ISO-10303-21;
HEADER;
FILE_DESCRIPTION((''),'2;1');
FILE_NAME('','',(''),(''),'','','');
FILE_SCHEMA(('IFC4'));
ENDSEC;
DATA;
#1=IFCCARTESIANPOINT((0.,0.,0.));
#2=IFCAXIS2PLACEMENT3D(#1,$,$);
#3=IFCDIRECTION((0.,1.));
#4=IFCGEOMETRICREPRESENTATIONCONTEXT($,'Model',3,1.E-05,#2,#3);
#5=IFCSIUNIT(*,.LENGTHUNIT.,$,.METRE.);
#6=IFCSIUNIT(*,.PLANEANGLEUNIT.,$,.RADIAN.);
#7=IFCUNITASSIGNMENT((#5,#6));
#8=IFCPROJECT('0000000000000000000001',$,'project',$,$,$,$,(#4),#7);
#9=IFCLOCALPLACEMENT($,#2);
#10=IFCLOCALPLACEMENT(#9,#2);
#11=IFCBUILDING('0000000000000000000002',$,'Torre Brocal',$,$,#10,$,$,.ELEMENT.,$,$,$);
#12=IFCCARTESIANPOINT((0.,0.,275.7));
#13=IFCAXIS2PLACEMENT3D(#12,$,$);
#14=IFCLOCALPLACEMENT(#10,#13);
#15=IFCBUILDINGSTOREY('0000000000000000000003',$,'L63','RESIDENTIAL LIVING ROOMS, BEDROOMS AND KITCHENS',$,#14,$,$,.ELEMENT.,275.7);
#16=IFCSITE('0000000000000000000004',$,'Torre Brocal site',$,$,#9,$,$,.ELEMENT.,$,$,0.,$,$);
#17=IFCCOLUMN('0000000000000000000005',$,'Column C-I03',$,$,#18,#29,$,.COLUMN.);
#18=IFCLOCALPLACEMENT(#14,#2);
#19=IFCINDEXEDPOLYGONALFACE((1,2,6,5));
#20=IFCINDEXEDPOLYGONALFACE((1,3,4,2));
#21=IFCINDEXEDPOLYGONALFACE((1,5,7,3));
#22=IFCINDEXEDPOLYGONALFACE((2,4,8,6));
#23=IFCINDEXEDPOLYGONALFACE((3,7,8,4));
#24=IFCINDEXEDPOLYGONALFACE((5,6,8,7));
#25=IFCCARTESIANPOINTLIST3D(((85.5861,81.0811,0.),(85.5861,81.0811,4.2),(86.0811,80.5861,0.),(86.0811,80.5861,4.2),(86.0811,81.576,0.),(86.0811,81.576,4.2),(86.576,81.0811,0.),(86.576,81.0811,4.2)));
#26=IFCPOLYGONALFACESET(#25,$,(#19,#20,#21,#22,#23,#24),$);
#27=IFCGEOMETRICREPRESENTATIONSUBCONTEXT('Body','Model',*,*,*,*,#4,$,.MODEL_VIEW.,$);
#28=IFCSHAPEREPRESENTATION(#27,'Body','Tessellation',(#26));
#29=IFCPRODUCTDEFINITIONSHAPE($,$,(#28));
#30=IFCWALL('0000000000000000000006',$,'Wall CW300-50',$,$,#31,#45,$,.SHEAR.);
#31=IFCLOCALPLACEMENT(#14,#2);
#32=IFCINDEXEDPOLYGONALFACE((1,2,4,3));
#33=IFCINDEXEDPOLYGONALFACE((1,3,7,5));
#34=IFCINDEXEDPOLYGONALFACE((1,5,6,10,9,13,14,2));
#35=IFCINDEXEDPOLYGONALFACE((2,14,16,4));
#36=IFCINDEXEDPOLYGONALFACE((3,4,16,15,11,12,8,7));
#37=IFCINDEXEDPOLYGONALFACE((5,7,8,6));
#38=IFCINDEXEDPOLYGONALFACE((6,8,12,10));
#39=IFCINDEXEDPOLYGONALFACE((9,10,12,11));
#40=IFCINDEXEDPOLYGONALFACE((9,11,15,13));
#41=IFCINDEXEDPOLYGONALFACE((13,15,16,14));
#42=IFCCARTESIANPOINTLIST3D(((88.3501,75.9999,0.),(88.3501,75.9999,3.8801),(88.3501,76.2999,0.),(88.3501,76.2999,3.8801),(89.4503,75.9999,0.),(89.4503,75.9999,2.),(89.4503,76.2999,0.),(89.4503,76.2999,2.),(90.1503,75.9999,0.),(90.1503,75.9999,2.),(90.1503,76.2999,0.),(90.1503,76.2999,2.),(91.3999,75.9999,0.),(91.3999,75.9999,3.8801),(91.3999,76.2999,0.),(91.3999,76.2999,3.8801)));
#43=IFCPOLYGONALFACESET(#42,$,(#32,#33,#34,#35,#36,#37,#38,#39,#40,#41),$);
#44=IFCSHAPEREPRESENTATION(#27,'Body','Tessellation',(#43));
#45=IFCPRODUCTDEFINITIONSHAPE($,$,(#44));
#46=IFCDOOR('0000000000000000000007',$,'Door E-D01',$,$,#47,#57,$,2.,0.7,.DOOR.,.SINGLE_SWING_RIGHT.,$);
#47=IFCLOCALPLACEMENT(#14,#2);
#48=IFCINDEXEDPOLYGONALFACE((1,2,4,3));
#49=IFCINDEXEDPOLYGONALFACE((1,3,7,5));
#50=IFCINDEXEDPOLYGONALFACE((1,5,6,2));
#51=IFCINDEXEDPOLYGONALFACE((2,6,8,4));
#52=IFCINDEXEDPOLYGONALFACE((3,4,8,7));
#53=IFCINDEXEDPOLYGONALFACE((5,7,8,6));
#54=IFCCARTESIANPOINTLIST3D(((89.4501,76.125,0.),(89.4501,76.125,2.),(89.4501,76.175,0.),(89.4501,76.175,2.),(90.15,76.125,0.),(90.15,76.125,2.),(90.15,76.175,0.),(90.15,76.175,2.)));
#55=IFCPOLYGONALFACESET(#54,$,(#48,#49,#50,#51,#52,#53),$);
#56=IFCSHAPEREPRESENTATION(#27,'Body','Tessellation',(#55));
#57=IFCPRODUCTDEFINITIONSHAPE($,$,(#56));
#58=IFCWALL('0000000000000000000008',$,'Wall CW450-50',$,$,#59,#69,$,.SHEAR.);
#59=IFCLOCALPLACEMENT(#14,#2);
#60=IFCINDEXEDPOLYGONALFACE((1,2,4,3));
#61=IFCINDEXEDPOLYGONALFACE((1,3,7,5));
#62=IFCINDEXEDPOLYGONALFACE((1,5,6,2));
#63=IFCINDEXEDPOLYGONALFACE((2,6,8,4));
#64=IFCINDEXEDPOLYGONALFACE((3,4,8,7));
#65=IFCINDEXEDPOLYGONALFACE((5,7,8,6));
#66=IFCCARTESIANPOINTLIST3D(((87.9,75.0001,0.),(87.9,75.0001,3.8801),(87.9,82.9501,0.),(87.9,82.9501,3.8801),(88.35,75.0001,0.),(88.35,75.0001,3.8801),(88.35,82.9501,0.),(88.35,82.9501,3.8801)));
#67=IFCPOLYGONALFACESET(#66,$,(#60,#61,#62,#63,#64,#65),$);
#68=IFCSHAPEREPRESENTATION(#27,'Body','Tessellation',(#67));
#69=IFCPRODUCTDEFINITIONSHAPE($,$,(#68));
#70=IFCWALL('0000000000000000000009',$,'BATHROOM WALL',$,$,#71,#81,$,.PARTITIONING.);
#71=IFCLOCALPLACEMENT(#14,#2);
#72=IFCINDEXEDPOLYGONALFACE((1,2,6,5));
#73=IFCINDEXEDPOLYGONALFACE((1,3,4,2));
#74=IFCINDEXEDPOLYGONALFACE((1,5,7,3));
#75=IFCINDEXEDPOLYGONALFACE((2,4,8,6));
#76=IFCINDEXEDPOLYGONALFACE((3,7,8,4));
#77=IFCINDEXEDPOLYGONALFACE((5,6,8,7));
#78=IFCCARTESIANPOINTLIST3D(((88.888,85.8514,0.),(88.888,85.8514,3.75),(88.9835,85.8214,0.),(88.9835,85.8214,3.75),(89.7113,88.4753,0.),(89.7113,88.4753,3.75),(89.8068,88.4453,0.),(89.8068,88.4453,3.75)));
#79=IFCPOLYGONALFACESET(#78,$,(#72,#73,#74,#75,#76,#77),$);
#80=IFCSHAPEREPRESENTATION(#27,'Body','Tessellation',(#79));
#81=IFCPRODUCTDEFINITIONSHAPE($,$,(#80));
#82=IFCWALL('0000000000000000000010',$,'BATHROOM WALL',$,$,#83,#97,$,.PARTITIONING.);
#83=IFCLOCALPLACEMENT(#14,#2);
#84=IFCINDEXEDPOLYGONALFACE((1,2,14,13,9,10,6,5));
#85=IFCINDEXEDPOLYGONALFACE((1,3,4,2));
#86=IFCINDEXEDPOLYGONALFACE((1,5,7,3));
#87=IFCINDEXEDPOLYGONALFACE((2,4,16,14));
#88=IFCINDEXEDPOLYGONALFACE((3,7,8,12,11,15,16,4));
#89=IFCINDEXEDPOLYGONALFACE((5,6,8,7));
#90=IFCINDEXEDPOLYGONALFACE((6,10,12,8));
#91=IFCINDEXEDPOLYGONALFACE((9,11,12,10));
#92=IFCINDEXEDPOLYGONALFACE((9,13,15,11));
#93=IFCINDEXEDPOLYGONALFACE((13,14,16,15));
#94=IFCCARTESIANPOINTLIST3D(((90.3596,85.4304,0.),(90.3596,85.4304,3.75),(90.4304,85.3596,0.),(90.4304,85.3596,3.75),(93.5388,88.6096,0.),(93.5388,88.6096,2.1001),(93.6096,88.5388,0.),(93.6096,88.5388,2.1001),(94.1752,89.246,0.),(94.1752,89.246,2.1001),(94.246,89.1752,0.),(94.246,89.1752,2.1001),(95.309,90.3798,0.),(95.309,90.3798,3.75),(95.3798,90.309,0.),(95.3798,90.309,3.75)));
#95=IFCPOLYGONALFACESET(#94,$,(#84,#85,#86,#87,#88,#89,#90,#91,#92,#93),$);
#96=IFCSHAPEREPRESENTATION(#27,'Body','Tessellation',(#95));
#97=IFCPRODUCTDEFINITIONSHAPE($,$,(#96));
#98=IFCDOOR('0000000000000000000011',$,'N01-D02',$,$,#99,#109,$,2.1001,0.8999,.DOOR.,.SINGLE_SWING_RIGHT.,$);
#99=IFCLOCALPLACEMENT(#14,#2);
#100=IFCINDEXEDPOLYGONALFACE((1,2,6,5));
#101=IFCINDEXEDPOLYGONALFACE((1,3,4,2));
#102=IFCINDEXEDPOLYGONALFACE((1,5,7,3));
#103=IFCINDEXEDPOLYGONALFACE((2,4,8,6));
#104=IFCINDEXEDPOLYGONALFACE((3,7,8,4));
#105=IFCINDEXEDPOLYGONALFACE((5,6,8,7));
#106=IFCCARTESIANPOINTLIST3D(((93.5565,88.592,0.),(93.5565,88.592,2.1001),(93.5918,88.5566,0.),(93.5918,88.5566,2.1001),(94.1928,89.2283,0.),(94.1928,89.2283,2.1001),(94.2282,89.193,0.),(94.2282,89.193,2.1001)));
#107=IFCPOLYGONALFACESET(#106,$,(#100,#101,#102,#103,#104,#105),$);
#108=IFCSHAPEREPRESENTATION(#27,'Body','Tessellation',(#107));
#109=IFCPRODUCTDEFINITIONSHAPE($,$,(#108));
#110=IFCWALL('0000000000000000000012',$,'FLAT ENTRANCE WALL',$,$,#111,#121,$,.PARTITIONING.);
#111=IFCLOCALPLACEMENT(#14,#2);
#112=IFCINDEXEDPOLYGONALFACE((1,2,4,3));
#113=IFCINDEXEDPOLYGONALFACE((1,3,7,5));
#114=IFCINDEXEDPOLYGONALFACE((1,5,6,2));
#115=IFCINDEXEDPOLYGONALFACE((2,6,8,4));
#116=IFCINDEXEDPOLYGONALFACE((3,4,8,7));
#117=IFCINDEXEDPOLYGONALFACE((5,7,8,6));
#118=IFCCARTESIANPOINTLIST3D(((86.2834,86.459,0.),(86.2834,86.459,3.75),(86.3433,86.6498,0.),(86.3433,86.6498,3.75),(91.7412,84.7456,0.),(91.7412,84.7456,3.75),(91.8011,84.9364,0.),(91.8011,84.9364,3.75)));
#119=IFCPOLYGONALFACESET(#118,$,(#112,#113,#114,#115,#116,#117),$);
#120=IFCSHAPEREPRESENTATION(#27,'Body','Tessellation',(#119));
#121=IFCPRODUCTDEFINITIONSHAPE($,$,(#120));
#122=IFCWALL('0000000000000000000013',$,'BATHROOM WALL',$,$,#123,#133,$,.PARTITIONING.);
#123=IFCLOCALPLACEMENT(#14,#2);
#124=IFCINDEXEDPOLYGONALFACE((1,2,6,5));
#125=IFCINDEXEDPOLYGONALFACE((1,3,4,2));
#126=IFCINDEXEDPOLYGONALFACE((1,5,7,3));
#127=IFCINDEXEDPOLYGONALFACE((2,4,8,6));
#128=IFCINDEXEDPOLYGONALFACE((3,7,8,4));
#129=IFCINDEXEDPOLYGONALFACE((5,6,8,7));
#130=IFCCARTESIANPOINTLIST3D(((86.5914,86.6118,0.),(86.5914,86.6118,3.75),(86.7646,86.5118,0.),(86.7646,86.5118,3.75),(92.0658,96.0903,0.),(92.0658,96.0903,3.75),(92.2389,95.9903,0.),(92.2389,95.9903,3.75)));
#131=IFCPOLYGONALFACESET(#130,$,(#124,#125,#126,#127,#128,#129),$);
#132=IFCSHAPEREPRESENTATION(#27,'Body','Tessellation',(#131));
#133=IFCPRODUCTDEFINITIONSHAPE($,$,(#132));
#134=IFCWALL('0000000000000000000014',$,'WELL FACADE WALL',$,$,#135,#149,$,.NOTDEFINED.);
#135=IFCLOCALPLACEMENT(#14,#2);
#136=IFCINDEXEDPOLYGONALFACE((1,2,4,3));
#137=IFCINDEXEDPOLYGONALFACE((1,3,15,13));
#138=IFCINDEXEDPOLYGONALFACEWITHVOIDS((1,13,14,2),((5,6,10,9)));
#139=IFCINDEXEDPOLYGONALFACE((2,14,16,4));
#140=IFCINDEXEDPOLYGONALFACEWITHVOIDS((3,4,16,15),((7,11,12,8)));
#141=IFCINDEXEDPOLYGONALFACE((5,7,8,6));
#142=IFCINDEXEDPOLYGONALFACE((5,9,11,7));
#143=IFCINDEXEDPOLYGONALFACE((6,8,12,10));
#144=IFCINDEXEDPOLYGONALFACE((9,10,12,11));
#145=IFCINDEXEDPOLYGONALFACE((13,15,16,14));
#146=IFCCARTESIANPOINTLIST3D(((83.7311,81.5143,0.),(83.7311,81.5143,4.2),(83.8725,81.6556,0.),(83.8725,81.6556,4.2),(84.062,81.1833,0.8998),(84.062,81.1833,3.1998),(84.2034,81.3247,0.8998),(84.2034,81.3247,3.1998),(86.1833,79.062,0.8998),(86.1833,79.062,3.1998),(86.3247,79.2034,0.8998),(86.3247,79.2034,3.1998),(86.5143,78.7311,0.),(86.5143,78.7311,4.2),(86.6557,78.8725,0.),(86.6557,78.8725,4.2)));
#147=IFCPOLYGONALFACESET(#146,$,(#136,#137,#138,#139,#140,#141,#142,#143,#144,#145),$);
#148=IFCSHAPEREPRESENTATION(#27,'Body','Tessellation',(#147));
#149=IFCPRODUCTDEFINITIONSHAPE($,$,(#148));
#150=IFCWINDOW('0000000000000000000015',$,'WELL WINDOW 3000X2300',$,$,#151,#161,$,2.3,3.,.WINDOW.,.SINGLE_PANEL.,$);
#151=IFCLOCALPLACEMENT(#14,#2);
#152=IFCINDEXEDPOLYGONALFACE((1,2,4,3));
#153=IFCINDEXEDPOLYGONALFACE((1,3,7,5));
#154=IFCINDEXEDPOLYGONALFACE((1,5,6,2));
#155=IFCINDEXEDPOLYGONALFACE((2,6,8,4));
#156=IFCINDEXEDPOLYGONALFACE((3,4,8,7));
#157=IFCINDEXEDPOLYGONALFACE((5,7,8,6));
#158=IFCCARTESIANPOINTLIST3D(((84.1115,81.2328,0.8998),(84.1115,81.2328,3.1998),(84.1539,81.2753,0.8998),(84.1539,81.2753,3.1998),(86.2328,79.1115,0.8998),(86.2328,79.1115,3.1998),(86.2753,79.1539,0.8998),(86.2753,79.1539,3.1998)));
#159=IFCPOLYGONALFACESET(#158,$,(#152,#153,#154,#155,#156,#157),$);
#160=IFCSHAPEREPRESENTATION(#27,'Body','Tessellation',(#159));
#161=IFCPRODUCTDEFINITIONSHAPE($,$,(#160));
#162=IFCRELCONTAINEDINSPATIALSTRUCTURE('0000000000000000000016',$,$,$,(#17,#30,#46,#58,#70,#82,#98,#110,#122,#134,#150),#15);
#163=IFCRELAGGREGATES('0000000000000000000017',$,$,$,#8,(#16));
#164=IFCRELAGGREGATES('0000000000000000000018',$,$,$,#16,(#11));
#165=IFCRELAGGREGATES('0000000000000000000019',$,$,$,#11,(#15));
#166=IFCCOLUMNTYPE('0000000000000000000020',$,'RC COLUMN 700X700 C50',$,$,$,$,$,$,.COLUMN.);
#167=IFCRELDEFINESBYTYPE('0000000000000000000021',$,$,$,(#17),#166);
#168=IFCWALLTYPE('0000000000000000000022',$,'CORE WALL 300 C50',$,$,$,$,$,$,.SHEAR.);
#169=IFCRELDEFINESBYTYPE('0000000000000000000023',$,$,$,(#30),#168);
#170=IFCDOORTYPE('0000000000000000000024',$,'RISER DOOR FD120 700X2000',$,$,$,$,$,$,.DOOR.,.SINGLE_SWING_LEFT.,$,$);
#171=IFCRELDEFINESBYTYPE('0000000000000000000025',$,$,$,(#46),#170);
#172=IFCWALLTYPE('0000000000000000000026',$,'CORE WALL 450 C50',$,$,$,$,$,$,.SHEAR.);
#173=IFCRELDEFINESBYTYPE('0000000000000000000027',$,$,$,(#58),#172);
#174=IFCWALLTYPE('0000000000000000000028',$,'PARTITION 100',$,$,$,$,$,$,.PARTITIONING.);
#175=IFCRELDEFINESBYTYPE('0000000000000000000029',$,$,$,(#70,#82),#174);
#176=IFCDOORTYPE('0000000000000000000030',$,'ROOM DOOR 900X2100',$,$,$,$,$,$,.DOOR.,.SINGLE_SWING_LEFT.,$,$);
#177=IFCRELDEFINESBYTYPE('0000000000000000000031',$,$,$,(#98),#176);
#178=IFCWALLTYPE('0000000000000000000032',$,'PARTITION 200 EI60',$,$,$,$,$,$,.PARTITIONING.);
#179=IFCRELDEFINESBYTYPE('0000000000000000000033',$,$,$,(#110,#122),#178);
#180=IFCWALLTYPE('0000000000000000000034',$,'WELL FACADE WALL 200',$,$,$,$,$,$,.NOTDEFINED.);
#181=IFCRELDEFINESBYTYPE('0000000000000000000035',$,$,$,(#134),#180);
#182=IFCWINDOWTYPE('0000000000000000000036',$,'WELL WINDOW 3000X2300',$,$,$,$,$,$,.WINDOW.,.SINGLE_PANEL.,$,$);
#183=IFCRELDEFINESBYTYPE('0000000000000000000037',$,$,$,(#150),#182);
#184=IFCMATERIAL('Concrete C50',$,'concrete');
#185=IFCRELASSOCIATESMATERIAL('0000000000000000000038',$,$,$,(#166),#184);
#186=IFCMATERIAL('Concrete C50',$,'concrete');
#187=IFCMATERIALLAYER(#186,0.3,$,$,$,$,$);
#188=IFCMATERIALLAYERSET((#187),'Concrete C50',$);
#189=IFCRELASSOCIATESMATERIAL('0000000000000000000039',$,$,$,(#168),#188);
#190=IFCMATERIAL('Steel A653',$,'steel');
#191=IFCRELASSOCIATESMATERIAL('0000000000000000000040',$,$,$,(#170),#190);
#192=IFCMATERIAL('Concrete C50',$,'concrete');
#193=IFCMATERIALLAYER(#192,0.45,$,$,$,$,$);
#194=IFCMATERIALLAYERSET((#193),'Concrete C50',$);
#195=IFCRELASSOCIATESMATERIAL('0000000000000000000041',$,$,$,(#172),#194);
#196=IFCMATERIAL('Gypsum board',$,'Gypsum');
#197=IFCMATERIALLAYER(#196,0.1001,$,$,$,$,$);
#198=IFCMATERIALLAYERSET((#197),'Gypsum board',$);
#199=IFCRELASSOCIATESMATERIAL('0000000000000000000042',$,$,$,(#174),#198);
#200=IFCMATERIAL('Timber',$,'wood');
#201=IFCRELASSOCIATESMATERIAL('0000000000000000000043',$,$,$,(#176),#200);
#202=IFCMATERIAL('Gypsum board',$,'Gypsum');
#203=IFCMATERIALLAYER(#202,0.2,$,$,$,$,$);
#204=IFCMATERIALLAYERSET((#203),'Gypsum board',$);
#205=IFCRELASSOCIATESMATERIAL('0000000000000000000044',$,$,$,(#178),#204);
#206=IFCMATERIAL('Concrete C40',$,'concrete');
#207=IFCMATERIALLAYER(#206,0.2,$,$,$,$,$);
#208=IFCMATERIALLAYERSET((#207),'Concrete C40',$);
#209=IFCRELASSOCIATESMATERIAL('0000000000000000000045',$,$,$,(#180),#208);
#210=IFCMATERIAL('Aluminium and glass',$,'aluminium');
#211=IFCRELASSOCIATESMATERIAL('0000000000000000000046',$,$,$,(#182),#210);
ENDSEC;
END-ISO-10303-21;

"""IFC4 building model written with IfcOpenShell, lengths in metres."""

from ifc_helpers import new_model, si_unit, direction, frame, frame_2d, origin, origin_2d, place, context, subcontext, project, spatial, rectangle, extrude, material, layer, layer_set, material_profile, profile_set, type_object, element, fill, save


model = new_model("IFC4")

# Units and contexts
model_context = context("Model", 3, precision=1e-05, world=origin(), true_north=direction((0.0, 1.0)))
body_context = subcontext(model_context, "Body", "Model", "MODEL_VIEW")
ifc_project = project(units=[si_unit("LENGTHUNIT", "METRE"), si_unit("PLANEANGLEUNIT", "RADIAN")], contexts=[model_context])

# Site, building, storey
site_placement = place(None, origin())
site = spatial("IfcSite", under=ifc_project, at=site_placement, Name="Torre Brocal site", CompositionType="ELEMENT", RefElevation=0.0)
building_placement = place(site_placement, origin())
building = spatial("IfcBuilding", under=site, at=building_placement, Name="Torre Brocal", CompositionType="ELEMENT")
storey_placement = place(building_placement, frame((0.0, 0.0, 275.7)))
storey = spatial("IfcBuildingStorey", under=building, at=storey_placement, Name="L63", Description="RESIDENTIAL LIVING ROOMS, BEDROOMS AND KITCHENS", CompositionType="ELEMENT", Elevation=275.7)

# Column
ifc_material_1 = material(Name="Concrete C50", Category="concrete")
ifc_material_profile = material_profile(ifc_material_1, rectangle(XDim=0.7, YDim=0.7, at=origin_2d()), Name="RC 700X700")
ifc_profile_set = profile_set([ifc_material_profile], Name="Concrete C50")
column_type = type_object("IfcColumnType", Name="RC COLUMN 700X700 C50", PredefinedType="COLUMN", material=ifc_profile_set)
column_placement = place(storey_placement, frame((86.0811, 81.0811, 0.0), z_axis=(0.0, 0.0, 1.0), x_axis=(0.707107, 0.707107, 0.0)))
element("IfcColumn", 1, at=column_placement, inside=storey, type_object=column_type, Name="Column C-I03", PredefinedType="COLUMN", context=body_context, shape_type="SweptSolid", body=[
    extrude(rectangle(XDim=0.7, YDim=0.7, at=origin_2d()), origin(), (0.0, 0.0, 1.0), 4.2),
])

# Wall, opening, door
ifc_material_2 = material(Name="Concrete C50", Category="concrete")
ifc_layer_1 = layer(ifc_material_2, 0.3)
ifc_layer_set_1 = layer_set([ifc_layer_1], Name="Concrete C50")
wall_type_1 = type_object("IfcWallType", Name="CORE WALL 300 C50", PredefinedType="SHEAR", material=ifc_layer_set_1)
wall_1_placement = place(storey_placement, frame((88.3501, 76.1499, 0.0), z_axis=(0.0, 0.0, 1.0), x_axis=(1.0, 0.0, 0.0)))
wall_1 = element("IfcWall", 2, at=wall_1_placement, inside=storey, type_object=wall_type_1, Name="Wall CW300-50", PredefinedType="SHEAR", context=body_context, shape_type="SweptSolid", body=[
    extrude(rectangle(XDim=3.0498, YDim=0.3, at=frame_2d((1.5249, 0.0))), origin(), (0.0, 0.0, 1.0), 3.8801),
])
opening_1_placement = place(wall_1_placement, frame((1.1001, 0.0, 0.0)))
opening_1 = element("IfcOpeningElement", 3, at=opening_1_placement, cuts=wall_1, PredefinedType="OPENING", context=body_context, shape_type="SweptSolid", body=[
    extrude(rectangle(XDim=0.7, YDim=2.0, at=frame_2d((0.3501, 1.0))), frame((0.0, 0.1599, 0.0), z_axis=(0.0, -1.0, 0.0), x_axis=(1.0, 0.0, 0.0)), (0.0, 0.0, 1.0), 0.3201),
])
ifc_material_3 = material(Name="Steel A653", Category="steel")
door_type_1 = type_object("IfcDoorType", Name="RISER DOOR FD120 700X2000", OperationType="SINGLE_SWING_LEFT", PredefinedType="DOOR", material=ifc_material_3)
door_1_placement = place(opening_1_placement, frame((0.7, 0.0, 0.0), z_axis=(0.0, 0.0, 1.0), x_axis=(-1.0, 0.0, 0.0)))
door_1 = element("IfcDoor", 4, at=door_1_placement, inside=storey, type_object=door_type_1, Name="Door E-D01", OperationType="SINGLE_SWING_RIGHT", OverallHeight=2.0, OverallWidth=0.7, PredefinedType="DOOR", context=body_context, shape_type="SweptSolid", body=[
    extrude(rectangle(XDim=0.7, YDim=2.0, at=frame_2d((0.3501, 1.0))), frame((0.0, 0.0249, 0.0), z_axis=(0.0, -1.0, 0.0), x_axis=(1.0, 0.0, 0.0)), (0.0, 0.0, 1.0), 0.05),
])
fill(opening_1, door_1)
ifc_material_4 = material(Name="Concrete C50", Category="concrete")
ifc_layer_2 = layer(ifc_material_4, 0.45)
ifc_layer_set_2 = layer_set([ifc_layer_2], Name="Concrete C50")
wall_type_2 = type_object("IfcWallType", Name="CORE WALL 450 C50", PredefinedType="SHEAR", material=ifc_layer_set_2)

# Walls
wall_2_placement = place(storey_placement, frame((88.125, 75.0, 0.0), z_axis=(0.0, 0.0, 1.0), x_axis=(0.0, 1.0, 0.0)))
element("IfcWall", 5, at=wall_2_placement, inside=storey, type_object=wall_type_2, Name="Wall CW450-50", PredefinedType="SHEAR", context=body_context, shape_type="SweptSolid", body=[
    extrude(rectangle(XDim=7.95, YDim=0.45, at=frame_2d((3.9751, 0.0))), origin(), (0.0, 0.0, 1.0), 3.8801),
])
ifc_material_5 = material(Name="Gypsum board", Category="Gypsum")
ifc_layer_3 = layer(ifc_material_5, 0.1001)
ifc_layer_set_3 = layer_set([ifc_layer_3], Name="Gypsum board")
wall_type_3 = type_object("IfcWallType", Name="PARTITION 100", PredefinedType="PARTITIONING", material=ifc_layer_set_3)
wall_3_placement = place(storey_placement, frame((88.9358, 85.8364, 0.0), z_axis=(0.0, 0.0, 1.0), x_axis=(0.299372, 0.954137, 0.0)))
element("IfcWall", 6, at=wall_3_placement, inside=storey, type_object=wall_type_3, Name="BATHROOM WALL", PredefinedType="PARTITIONING", context=body_context, shape_type="SweptSolid", body=[
    extrude(rectangle(XDim=2.75, YDim=0.1001, at=frame_2d((1.375, 0.0))), origin(), (0.0, 0.0, 1.0), 3.75),
])

# Wall, opening, door
wall_4_placement = place(storey_placement, frame((90.395, 85.395, 0.0), z_axis=(0.0, 0.0, 1.0), x_axis=(0.707107, 0.707107, 0.0)))
wall_4 = element("IfcWall", 7, at=wall_4_placement, inside=storey, type_object=wall_type_3, Name="BATHROOM WALL", PredefinedType="PARTITIONING", context=body_context, shape_type="SweptSolid", body=[
    extrude(rectangle(XDim=6.9995, YDim=0.1001, at=frame_2d((3.4998, 0.0))), origin(), (0.0, 0.0, 1.0), 3.75),
])
opening_2_placement = place(wall_4_placement, frame((4.4961, 0.0, 0.0)))
opening_2 = element("IfcOpeningElement", 8, at=opening_2_placement, cuts=wall_4, PredefinedType="OPENING", context=body_context, shape_type="SweptSolid", body=[
    extrude(rectangle(XDim=0.8999, YDim=2.1001, at=frame_2d((0.45, 1.05))), frame((0.0, 0.0601, 0.0), z_axis=(0.0, -1.0, 0.0), x_axis=(1.0, 0.0, 0.0)), (0.0, 0.0, 1.0), 0.1201),
])
ifc_material_6 = material(Name="Timber", Category="wood")
door_type_2 = type_object("IfcDoorType", Name="ROOM DOOR 900X2100", OperationType="SINGLE_SWING_LEFT", PredefinedType="DOOR", material=ifc_material_6)
door_2_placement = place(opening_2_placement, frame((0.8999, 0.0, 0.0), z_axis=(0.0, 0.0, 1.0), x_axis=(-1.0, 0.0, 0.0)))
door_2 = element("IfcDoor", 9, at=door_2_placement, inside=storey, type_object=door_type_2, Name="N01-D02", OperationType="SINGLE_SWING_RIGHT", OverallHeight=2.1001, OverallWidth=0.8999, PredefinedType="DOOR", context=body_context, shape_type="SweptSolid", body=[
    extrude(rectangle(XDim=0.8999, YDim=2.1001, at=frame_2d((0.45, 1.05))), frame((0.0, 0.0249, 0.0), z_axis=(0.0, -1.0, 0.0), x_axis=(1.0, 0.0, 0.0)), (0.0, 0.0, 1.0), 0.05),
])
fill(opening_2, door_2)

# Walls
ifc_material_7 = material(Name="Gypsum board", Category="Gypsum")
ifc_layer_4 = layer(ifc_material_7, 0.2)
ifc_layer_set_4 = layer_set([ifc_layer_4], Name="Gypsum board")
wall_type_4 = type_object("IfcWallType", Name="PARTITION 200 EI60", PredefinedType="PARTITIONING", material=ifc_layer_set_4)
wall_5_placement = place(storey_placement, frame((86.3132, 86.5544, 0.0), z_axis=(0.0, 0.0, 1.0), x_axis=(0.95409, -0.299521, 0.0)))
element("IfcWall", 10, at=wall_5_placement, inside=storey, type_object=wall_type_4, Name="FLAT ENTRANCE WALL", PredefinedType="PARTITIONING", context=body_context, shape_type="SweptSolid", body=[
    extrude(rectangle(XDim=5.7205, YDim=0.2, at=frame_2d((2.8604, 0.0))), origin(), (0.0, 0.0, 1.0), 3.75),
])
wall_6_placement = place(storey_placement, frame((86.678, 86.5618, 0.0), z_axis=(0.0, 0.0, 1.0), x_axis=(0.500133, 0.865949, 0.0)))
element("IfcWall", 11, at=wall_6_placement, inside=storey, type_object=wall_type_4, Name="BATHROOM WALL", PredefinedType="PARTITIONING", context=body_context, shape_type="SweptSolid", body=[
    extrude(rectangle(XDim=10.9458, YDim=0.2, at=frame_2d((5.4729, 0.0))), origin(), (0.0, 0.0, 1.0), 3.75),
])

# Wall, opening, window
ifc_material_8 = material(Name="Concrete C40", Category="concrete")
ifc_layer_5 = layer(ifc_material_8, 0.2)
ifc_layer_set_5 = layer_set([ifc_layer_5], Name="Concrete C40")
wall_type_5 = type_object("IfcWallType", Name="WELL FACADE WALL 200", PredefinedType="NOTDEFINED", material=ifc_layer_set_5)
wall_7_placement = place(storey_placement, frame((86.585, 78.8018, 0.0), z_axis=(0.0, 0.0, 1.0), x_axis=(-0.707107, 0.707107, 0.0)))
wall_7 = element("IfcWall", 12, at=wall_7_placement, inside=storey, type_object=wall_type_5, Name="WELL FACADE WALL", PredefinedType="NOTDEFINED", context=body_context, shape_type="SweptSolid", body=[
    extrude(rectangle(XDim=3.936, YDim=0.2, at=frame_2d((1.968, 0.0))), origin(), (0.0, 0.0, 1.0), 4.2),
])
opening_3_placement = place(wall_7_placement, frame((0.468, 0.0, 0.8999)))
opening_3 = element("IfcOpeningElement", 13, at=opening_3_placement, cuts=wall_7, PredefinedType="OPENING", context=body_context, shape_type="SweptSolid", body=[
    extrude(rectangle(XDim=3.0, YDim=2.3, at=frame_2d((1.5, 1.1499))), frame((0.0, 0.1099, 0.0), z_axis=(0.0, -1.0, 0.0), x_axis=(1.0, 0.0, 0.0)), (0.0, 0.0, 1.0), 0.22),
])
ifc_material_9 = material(Name="Aluminium and glass", Category="aluminium")
window_type = type_object("IfcWindowType", Name="WELL WINDOW 3000X2300", PartitioningType="SINGLE_PANEL", PredefinedType="WINDOW", material=ifc_material_9)
window_placement = place(opening_3_placement, origin())
window = element("IfcWindow", 14, at=window_placement, inside=storey, type_object=window_type, Name="WELL WINDOW 3000X2300", OverallHeight=2.3, OverallWidth=3.0, PartitioningType="SINGLE_PANEL", PredefinedType="WINDOW", context=body_context, shape_type="SweptSolid", body=[
    extrude(rectangle(XDim=3.0, YDim=2.3, at=frame_2d((1.5, 1.1499))), frame((0.0, 0.03, 0.0), z_axis=(0.0, -1.0, 0.0), x_axis=(1.0, 0.0, 0.0)), (0.0, 0.0, 1.0), 0.0601),
])
fill(opening_3, window)

save(model, "model.ifc")
